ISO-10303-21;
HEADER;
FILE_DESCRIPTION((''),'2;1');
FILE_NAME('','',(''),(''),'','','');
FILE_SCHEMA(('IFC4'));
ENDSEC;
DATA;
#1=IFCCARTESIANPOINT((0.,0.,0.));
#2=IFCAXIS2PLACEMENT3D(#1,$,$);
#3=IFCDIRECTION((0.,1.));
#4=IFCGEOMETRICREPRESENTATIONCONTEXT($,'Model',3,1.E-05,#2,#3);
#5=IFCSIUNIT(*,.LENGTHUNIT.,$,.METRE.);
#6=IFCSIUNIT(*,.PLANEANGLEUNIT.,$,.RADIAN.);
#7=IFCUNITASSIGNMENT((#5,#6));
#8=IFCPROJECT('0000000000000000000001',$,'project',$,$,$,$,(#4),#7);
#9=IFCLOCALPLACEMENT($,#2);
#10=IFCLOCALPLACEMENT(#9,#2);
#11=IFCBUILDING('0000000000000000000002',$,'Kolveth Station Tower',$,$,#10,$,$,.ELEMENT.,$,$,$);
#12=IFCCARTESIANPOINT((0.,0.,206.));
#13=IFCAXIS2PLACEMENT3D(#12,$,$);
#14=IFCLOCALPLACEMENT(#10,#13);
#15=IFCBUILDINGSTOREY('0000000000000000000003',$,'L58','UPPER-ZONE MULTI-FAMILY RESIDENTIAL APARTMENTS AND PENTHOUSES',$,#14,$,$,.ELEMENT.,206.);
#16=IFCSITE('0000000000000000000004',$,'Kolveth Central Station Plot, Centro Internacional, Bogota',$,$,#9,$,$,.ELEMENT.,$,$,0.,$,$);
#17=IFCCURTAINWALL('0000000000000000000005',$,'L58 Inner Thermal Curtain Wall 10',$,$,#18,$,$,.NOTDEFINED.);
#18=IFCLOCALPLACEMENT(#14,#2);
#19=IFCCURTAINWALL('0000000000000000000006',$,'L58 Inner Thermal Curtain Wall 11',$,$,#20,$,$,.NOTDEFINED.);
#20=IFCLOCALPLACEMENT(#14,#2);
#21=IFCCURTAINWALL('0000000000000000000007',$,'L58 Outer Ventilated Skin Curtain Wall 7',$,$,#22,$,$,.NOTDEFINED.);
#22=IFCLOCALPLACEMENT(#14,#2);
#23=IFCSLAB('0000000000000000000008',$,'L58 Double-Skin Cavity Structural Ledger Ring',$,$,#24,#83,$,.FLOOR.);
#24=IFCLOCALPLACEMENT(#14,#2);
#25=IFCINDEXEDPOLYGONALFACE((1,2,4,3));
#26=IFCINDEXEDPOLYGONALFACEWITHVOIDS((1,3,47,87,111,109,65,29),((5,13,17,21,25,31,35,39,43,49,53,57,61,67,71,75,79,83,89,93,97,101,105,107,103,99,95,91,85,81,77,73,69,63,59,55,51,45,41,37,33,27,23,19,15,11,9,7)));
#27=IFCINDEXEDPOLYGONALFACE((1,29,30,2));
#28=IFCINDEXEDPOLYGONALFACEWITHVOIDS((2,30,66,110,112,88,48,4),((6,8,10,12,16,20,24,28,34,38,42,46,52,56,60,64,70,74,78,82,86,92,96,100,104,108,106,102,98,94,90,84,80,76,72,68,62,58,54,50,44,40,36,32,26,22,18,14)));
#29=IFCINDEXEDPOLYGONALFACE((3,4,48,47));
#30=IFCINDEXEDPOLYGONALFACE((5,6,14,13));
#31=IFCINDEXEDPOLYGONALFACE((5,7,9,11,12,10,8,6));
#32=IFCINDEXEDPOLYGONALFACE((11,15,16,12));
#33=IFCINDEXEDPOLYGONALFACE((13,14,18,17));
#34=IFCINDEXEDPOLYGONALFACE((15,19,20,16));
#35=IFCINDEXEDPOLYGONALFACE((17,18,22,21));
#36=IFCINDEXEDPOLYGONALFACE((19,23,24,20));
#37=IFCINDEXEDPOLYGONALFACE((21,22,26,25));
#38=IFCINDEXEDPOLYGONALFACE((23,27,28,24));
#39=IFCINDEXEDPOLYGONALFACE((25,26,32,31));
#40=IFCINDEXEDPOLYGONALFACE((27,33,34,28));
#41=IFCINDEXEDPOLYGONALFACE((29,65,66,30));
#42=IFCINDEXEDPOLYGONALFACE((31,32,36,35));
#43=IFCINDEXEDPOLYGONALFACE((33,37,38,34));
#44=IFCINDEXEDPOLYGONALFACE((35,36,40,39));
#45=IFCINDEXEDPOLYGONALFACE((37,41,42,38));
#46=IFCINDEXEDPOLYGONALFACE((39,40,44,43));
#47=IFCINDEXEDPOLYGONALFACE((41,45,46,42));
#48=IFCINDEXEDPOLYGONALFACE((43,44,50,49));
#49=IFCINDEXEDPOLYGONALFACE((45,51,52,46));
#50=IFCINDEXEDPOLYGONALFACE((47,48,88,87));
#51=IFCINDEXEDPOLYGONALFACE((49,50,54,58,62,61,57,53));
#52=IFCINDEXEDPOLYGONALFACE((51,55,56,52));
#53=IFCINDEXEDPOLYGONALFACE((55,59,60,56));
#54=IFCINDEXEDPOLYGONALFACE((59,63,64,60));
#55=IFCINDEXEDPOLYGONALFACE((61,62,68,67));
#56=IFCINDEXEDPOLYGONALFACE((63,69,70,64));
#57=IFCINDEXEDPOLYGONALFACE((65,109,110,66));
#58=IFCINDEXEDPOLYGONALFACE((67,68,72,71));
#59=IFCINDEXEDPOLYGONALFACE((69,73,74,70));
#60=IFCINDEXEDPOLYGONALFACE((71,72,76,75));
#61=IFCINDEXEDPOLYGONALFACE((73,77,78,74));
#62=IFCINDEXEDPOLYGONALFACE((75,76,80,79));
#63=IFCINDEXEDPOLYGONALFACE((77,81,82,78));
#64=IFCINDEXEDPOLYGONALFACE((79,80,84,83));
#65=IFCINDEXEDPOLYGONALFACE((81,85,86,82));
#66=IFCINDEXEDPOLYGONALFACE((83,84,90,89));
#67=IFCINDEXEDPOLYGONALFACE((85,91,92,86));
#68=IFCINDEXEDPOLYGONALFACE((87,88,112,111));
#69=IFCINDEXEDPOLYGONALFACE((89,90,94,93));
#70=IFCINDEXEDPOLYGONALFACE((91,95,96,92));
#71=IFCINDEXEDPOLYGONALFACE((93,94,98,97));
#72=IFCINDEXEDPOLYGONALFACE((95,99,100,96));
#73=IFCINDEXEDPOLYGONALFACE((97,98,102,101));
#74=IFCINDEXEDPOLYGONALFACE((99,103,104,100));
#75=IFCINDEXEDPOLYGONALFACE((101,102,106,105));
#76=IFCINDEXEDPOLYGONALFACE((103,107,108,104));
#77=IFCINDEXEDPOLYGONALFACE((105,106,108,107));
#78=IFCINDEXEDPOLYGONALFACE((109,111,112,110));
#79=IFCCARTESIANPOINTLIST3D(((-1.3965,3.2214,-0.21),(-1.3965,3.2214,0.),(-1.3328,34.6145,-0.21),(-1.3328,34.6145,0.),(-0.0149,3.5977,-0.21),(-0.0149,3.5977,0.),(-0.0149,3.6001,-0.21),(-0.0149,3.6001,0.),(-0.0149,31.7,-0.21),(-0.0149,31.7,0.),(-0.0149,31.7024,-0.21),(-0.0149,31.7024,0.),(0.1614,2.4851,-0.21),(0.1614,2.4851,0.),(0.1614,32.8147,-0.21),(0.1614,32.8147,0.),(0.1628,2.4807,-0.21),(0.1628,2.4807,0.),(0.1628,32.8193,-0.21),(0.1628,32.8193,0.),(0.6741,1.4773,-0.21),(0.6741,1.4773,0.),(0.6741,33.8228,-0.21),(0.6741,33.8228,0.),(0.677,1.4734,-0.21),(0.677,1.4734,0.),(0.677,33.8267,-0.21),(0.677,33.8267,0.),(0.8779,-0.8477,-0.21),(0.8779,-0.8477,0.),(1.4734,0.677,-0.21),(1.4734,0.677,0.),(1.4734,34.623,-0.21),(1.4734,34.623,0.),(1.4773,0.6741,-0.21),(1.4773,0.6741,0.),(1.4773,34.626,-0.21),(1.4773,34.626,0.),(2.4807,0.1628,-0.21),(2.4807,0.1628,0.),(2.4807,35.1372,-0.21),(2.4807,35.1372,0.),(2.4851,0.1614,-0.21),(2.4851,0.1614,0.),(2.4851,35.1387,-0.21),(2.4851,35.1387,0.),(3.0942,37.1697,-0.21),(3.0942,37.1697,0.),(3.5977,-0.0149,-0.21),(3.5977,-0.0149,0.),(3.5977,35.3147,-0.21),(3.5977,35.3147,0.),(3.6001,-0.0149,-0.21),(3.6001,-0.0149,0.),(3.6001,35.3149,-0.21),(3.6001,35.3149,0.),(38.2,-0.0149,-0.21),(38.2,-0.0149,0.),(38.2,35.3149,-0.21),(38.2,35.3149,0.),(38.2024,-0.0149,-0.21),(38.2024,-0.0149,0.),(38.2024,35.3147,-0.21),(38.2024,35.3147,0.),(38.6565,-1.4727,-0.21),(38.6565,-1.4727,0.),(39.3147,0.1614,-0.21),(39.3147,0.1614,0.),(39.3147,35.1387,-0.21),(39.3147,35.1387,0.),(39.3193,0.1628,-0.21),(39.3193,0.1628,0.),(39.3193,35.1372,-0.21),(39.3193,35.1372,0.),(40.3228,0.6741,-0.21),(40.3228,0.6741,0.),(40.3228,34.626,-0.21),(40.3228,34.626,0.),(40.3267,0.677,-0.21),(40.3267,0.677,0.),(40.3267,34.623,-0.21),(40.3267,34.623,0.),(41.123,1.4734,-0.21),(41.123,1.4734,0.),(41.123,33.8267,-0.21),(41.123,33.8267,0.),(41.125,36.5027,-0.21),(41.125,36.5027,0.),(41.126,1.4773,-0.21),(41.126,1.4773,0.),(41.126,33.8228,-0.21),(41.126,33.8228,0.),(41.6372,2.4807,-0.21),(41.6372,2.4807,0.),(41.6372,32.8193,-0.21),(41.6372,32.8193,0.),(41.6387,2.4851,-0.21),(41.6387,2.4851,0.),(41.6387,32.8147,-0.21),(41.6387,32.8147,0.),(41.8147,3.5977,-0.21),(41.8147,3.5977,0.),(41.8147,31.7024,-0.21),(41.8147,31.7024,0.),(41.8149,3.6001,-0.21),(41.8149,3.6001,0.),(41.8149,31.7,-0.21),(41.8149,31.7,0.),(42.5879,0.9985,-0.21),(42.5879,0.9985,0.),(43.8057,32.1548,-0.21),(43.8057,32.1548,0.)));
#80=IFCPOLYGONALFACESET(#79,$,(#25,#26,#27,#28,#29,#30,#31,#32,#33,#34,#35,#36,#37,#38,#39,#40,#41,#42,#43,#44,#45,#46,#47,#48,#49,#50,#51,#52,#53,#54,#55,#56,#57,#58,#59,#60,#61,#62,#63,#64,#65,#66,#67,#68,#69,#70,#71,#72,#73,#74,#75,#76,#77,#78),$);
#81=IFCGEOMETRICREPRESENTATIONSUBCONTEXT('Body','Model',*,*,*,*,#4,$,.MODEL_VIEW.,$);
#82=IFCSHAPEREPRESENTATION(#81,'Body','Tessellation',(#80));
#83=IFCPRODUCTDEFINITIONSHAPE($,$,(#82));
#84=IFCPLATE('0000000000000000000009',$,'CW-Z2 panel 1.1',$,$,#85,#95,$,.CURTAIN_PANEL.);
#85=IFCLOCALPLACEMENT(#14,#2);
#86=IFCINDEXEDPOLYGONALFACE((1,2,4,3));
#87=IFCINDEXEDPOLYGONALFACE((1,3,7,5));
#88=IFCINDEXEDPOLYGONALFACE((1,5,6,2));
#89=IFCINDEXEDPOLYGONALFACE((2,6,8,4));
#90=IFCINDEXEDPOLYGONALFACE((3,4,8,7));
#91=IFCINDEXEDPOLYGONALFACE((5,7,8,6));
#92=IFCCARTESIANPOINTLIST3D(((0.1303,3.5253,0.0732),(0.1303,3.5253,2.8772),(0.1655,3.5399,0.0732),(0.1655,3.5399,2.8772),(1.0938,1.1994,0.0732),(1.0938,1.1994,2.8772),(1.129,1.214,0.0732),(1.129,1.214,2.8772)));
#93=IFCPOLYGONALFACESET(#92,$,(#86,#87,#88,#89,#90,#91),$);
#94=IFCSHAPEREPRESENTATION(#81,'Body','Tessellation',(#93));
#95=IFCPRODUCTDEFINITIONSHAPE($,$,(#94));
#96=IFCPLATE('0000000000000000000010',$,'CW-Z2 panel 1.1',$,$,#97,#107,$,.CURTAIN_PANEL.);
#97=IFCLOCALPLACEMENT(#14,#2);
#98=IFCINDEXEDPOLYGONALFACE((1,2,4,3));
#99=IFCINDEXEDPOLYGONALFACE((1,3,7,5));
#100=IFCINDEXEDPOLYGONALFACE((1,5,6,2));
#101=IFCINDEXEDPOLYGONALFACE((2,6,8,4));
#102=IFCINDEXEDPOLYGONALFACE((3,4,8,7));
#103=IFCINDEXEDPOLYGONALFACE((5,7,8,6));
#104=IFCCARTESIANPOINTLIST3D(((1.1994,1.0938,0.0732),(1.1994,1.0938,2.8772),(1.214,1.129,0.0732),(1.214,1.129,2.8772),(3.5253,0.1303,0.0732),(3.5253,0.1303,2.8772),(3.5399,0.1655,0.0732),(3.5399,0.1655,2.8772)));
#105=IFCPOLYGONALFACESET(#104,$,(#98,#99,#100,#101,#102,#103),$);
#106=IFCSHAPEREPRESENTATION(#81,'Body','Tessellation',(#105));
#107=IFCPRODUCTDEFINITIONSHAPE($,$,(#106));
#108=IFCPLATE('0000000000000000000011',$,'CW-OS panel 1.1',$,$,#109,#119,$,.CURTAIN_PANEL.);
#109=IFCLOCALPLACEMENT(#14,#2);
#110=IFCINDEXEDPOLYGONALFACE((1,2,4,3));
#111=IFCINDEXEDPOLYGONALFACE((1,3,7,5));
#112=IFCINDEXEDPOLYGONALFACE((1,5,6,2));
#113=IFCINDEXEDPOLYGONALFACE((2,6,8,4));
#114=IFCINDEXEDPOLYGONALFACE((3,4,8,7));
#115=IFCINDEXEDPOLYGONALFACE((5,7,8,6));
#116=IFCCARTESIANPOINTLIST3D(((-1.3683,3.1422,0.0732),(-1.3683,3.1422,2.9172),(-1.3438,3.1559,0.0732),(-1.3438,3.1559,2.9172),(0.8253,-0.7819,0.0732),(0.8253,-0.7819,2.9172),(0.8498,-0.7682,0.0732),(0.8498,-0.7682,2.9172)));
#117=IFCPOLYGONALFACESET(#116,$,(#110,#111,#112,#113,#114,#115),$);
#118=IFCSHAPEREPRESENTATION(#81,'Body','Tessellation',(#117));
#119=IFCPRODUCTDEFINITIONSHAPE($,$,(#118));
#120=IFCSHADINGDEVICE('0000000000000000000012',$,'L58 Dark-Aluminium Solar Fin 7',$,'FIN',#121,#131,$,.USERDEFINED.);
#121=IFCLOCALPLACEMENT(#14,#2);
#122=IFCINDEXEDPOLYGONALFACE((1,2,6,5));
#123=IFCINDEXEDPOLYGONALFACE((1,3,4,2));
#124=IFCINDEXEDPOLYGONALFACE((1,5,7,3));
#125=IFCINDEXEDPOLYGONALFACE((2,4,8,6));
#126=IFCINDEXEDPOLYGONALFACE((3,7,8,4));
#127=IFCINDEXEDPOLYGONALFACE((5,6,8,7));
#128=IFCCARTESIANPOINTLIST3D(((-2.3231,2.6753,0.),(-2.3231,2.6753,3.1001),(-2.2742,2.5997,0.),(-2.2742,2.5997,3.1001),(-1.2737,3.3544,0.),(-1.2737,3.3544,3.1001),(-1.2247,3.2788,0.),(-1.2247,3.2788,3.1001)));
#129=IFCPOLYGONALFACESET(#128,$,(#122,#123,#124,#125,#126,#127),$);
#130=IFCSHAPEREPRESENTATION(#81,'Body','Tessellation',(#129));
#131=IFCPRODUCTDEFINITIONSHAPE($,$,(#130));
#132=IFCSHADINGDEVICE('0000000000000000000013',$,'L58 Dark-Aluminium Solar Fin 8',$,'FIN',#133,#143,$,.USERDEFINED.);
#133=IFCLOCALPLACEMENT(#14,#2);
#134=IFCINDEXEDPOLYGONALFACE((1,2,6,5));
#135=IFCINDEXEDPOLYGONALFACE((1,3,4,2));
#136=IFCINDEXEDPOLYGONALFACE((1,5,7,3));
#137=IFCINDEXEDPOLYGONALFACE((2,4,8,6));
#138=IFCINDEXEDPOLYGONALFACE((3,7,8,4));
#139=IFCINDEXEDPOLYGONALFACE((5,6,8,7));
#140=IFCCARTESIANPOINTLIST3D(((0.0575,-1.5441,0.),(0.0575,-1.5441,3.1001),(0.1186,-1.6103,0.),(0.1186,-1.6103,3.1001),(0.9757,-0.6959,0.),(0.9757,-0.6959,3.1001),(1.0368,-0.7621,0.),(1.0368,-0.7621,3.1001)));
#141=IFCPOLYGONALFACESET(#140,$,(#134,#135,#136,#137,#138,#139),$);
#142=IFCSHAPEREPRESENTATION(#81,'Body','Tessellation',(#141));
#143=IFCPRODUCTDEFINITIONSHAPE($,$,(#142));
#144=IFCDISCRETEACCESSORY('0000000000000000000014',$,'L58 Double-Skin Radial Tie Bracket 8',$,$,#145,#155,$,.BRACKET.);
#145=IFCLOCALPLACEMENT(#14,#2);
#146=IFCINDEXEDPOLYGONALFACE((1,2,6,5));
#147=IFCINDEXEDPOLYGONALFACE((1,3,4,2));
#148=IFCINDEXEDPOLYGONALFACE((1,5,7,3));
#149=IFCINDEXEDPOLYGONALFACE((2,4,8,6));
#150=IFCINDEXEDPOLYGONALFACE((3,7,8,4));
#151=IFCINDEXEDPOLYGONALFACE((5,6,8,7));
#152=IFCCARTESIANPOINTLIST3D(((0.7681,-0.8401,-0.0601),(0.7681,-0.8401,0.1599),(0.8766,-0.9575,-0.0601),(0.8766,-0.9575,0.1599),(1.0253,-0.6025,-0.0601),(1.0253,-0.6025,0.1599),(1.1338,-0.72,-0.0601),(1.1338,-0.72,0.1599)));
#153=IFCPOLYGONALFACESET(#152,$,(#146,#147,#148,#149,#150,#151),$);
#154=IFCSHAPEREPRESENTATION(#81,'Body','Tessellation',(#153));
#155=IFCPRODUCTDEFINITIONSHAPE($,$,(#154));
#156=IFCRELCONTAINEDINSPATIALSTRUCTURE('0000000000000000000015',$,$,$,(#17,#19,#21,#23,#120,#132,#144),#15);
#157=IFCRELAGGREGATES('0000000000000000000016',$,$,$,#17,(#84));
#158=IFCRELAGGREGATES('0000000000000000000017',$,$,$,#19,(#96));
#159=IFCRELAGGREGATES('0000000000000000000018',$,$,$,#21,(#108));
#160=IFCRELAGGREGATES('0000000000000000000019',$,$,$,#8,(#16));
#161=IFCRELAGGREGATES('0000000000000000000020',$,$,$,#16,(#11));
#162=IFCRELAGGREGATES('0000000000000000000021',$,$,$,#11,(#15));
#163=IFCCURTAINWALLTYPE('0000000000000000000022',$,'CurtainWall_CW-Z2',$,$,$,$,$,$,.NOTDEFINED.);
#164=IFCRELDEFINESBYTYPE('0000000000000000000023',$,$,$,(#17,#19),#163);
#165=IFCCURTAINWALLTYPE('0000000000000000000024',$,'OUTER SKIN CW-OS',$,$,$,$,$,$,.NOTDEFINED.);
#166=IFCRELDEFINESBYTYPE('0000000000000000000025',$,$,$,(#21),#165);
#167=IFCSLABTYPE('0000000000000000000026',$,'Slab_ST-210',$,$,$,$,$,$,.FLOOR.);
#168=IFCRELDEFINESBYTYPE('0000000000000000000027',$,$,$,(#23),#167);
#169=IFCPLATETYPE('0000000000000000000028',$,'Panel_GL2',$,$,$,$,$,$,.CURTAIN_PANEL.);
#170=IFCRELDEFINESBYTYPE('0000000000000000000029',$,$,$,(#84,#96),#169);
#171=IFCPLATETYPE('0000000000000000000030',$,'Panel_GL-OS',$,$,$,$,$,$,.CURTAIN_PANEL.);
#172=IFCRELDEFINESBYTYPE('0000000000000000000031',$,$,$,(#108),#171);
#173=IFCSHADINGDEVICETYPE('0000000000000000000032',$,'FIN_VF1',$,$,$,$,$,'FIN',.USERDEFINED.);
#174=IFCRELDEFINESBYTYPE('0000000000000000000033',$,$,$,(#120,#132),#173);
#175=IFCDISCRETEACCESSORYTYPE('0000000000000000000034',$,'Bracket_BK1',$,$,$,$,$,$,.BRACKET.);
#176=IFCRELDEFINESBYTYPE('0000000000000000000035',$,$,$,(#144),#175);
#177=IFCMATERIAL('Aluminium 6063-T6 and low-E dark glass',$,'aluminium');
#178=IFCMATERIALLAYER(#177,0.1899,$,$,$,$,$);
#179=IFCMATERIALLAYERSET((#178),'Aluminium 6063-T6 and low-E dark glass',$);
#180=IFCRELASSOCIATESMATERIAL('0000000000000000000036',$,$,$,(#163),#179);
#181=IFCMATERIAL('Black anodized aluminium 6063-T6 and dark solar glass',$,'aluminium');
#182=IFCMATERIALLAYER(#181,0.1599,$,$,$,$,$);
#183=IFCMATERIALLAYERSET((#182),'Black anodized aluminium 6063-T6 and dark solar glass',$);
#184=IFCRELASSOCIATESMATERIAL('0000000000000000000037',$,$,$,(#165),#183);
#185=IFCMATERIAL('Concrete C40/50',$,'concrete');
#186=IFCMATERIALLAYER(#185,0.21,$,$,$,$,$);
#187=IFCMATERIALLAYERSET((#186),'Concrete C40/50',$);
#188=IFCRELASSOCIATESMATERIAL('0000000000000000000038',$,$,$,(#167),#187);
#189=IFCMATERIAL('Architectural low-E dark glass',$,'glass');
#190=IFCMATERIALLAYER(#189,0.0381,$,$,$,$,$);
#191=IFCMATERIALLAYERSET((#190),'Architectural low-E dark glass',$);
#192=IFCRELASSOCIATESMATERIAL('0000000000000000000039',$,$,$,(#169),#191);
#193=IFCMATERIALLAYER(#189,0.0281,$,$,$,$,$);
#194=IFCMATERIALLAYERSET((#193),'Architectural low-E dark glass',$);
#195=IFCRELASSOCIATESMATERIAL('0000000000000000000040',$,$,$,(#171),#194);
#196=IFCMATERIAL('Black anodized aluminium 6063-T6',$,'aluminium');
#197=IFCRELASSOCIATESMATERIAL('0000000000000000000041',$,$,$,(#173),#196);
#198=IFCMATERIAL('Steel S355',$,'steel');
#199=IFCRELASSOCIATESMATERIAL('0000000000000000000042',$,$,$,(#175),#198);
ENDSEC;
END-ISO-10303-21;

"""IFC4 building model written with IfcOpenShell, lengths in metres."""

from ifc_helpers import new_model, si_unit, direction, frame, origin, origin_2d, place, context, subcontext, project, spatial, polyline, rectangle, outline, extrude, source, transform, mapped, material, layer, layer_set, type_object, element, aggregate, save


model = new_model("IFC4")

# Units and contexts
model_context = context("Model", 3, precision=1e-05, world=origin(), true_north=direction((0.0, 1.0)))
body_context = subcontext(model_context, "Body", "Model", "MODEL_VIEW")
ifc_project = project(units=[si_unit("LENGTHUNIT", "METRE"), si_unit("PLANEANGLEUNIT", "RADIAN")], contexts=[model_context])

# Site, building, storey
site_placement = place(None, origin())
site = spatial("IfcSite", under=ifc_project, at=site_placement, Name="Kolveth Central Station Plot, Centro Internacional, Bogota", CompositionType="ELEMENT", RefElevation=0.0)
building_placement = place(site_placement, origin())
building = spatial("IfcBuilding", under=site, at=building_placement, Name="Kolveth Station Tower", CompositionType="ELEMENT")
storey_placement = place(building_placement, frame((0.0, 0.0, 206.0)))
storey = spatial("IfcBuildingStorey", under=building, at=storey_placement, Name="L58", Description="UPPER-ZONE MULTI-FAMILY RESIDENTIAL APARTMENTS AND PENTHOUSES", CompositionType="ELEMENT", Elevation=206.0)

# Curtain wall
ifc_material_1 = material(Name="Aluminium 6063-T6 and low-E dark glass", Category="aluminium")
ifc_layer_1 = layer(ifc_material_1, 0.1899)
ifc_layer_set_1 = layer_set([ifc_layer_1], Name="Aluminium 6063-T6 and low-E dark glass")
curtain_wall_type_1 = type_object("IfcCurtainWallType", Name="CurtainWall_CW-Z2", PredefinedType="NOTDEFINED", material=ifc_layer_set_1)
curtain_wall_1_placement = place(storey_placement, origin())
curtain_wall_1 = element("IfcCurtainWall", 1, at=curtain_wall_1_placement, inside=storey, type_object=curtain_wall_type_1, Name="L58 Inner Thermal Curtain Wall 10", PredefinedType="NOTDEFINED")
ifc_material_2 = material(Name="Black anodized aluminium 6063-T6", Category="aluminium")

# Curtain wall
curtain_wall_2_placement = place(storey_placement, origin())
curtain_wall_2 = element("IfcCurtainWall", 2, at=curtain_wall_2_placement, inside=storey, type_object=curtain_wall_type_1, Name="L58 Inner Thermal Curtain Wall 11", PredefinedType="NOTDEFINED")

# Curtain wall
ifc_material_3 = material(Name="Black anodized aluminium 6063-T6 and dark solar glass", Category="aluminium")
ifc_layer_2 = layer(ifc_material_3, 0.1599)
ifc_layer_set_2 = layer_set([ifc_layer_2], Name="Black anodized aluminium 6063-T6 and dark solar glass")
curtain_wall_type_2 = type_object("IfcCurtainWallType", Name="OUTER SKIN CW-OS", PredefinedType="NOTDEFINED", material=ifc_layer_set_2)
curtain_wall_3_placement = place(storey_placement, origin())
curtain_wall_3 = element("IfcCurtainWall", 3, at=curtain_wall_3_placement, inside=storey, type_object=curtain_wall_type_2, Name="L58 Outer Ventilated Skin Curtain Wall 7", PredefinedType="NOTDEFINED")

# Shared definitions
ifc_material_4 = material(Name="Concrete C40/50", Category="concrete")

# Slab
ifc_layer_3 = layer(ifc_material_4, 0.21)
ifc_layer_set_3 = layer_set([ifc_layer_3], Name="Concrete C40/50")
slab_type_1 = type_object("IfcSlabType", Name="Slab_ST-210", PredefinedType="FLOOR", material=ifc_layer_set_3)
slab_1_placement = place(storey_placement, frame((0.0, 0.0, -0.21)))
element("IfcSlab", 4, at=slab_1_placement, inside=storey, type_object=slab_type_1, Name="L58 Double-Skin Cavity Structural Ledger Ring", PredefinedType="FLOOR", context=body_context, shape_type="SweptSolid", body=[
    extrude(outline(polyline([(0.8779, -0.8477), (-1.3965, 3.2214), (-1.3328, 34.6145), (3.0942, 37.1697), (41.125, 36.5027), (43.8057, 32.1548), (42.5879, 0.9985), (38.6565, -1.4727), (0.8779, -0.8477)]), holes=[polyline([(38.2024, -0.0149), (39.3147, 0.1614), (39.3193, 0.1628), (40.3228, 0.6741), (40.3267, 0.677), (41.123, 1.4734), (41.126, 1.4773), (41.6372, 2.4807), (41.6387, 2.4851), (41.8147, 3.5977), (41.8149, 3.6001), (41.8149, 31.7), (41.8147, 31.7024), (41.6387, 32.8147), (41.6372, 32.8193), (41.126, 33.8228), (41.123, 33.8267), (40.3267, 34.623), (40.3228, 34.626), (39.3193, 35.1372), (39.3147, 35.1387), (38.2024, 35.3147), (38.2, 35.3149), (3.6001, 35.3149), (3.5977, 35.3147), (2.4851, 35.1387), (2.4807, 35.1372), (1.4773, 34.626), (1.4734, 34.623), (0.677, 33.8267), (0.6741, 33.8228), (0.1628, 32.8193), (0.1614, 32.8147), (-0.0149, 31.7024), (-0.0149, 31.7), (-0.0149, 3.6001), (-0.0149, 3.5977), (0.1614, 2.4851), (0.1628, 2.4807), (0.6741, 1.4773), (0.677, 1.4734), (1.4734, 0.677), (1.4773, 0.6741), (2.4807, 0.1628), (2.4851, 0.1614), (3.5977, -0.0149), (3.6001, -0.0149), (38.2, -0.0149), (38.2024, -0.0149)])]), origin(), (0.0, 0.0, 1.0), 0.21),
])

# Plates
ifc_material_5 = material(Name="Architectural low-E dark glass", Category="glass")
ifc_layer_4 = layer(ifc_material_5, 0.0381)
ifc_layer_set_4 = layer_set([ifc_layer_4], Name="Architectural low-E dark glass")
plate_type_1 = type_object("IfcPlateType", Name="Panel_GL2", PredefinedType="CURTAIN_PANEL", material=ifc_layer_set_4)
shared_shape_1 = source(origin(), body_context, "Body", "SweptSolid", [
    extrude(rectangle(XDim=2.5176, YDim=0.0381, at=origin_2d()), origin(), (0.0, 0.0, 1.0), 2.804),
])
plate_1_placement = place(storey_placement, frame((0.6296, 2.3696, 0.0732), z_axis=(0.0, 0.0, 1.0), x_axis=(0.382698, -0.923874, 0.0)))
plate_1 = element("IfcPlate", 5, at=plate_1_placement, type_object=plate_type_1, Name="CW-Z2 panel 1.1", PredefinedType="CURTAIN_PANEL", context=body_context, shape_type="MappedRepresentation", body=[
    mapped(shared_shape_1, transform((0.0, 0.0, 0.0), x_axis=(1.0, 0.0, 0.0), y_axis=(0.0, 1.0, 0.0), z_axis=(0.0, 0.0, 1.0), scale=1.0)),
])
aggregate(curtain_wall_1, [plate_1])
plate_2_placement = place(storey_placement, frame((2.3696, 0.6296, 0.0732), z_axis=(0.0, 0.0, 1.0), x_axis=(0.923874, -0.382698, 0.0)))
plate_2 = element("IfcPlate", 6, at=plate_2_placement, type_object=plate_type_1, Name="CW-Z2 panel 1.1", PredefinedType="CURTAIN_PANEL", context=body_context, shape_type="MappedRepresentation", body=[
    mapped(shared_shape_1, transform((0.0, 0.0, 0.0), x_axis=(1.0, 0.0, 0.0), y_axis=(0.0, 1.0, 0.0), z_axis=(0.0, 0.0, 1.0), scale=1.0)),
])
aggregate(curtain_wall_2, [plate_2])
ifc_layer_5 = layer(ifc_material_5, 0.0281)
ifc_layer_set_5 = layer_set([ifc_layer_5], Name="Architectural low-E dark glass")
plate_type_2 = type_object("IfcPlateType", Name="Panel_GL-OS", PredefinedType="CURTAIN_PANEL", material=ifc_layer_set_5)
shared_shape_2 = source(origin(), body_context, "Body", "SweptSolid", [
    extrude(rectangle(XDim=4.4956, YDim=0.0281, at=origin_2d()), origin(), (0.0, 0.0, 1.0), 2.844),
])
plate_3_placement = place(storey_placement, frame((-0.2593, 1.187, 0.0732), z_axis=(0.0, 0.0, 1.0), x_axis=(0.487943, -0.872875, 0.0)))
plate_3 = element("IfcPlate", 7, at=plate_3_placement, type_object=plate_type_2, Name="CW-OS panel 1.1", PredefinedType="CURTAIN_PANEL", context=body_context, shape_type="MappedRepresentation", body=[
    mapped(shared_shape_2, transform((0.0, 0.0, 0.0), x_axis=(1.0, 0.0, 0.0), y_axis=(0.0, 1.0, 0.0), z_axis=(0.0, 0.0, 1.0), scale=1.0)),
])
aggregate(curtain_wall_3, [plate_3])

# Shading devices
shading_device_type = type_object("IfcShadingDeviceType", Name="FIN_VF1", ElementType="FIN", PredefinedType="USERDEFINED", material=ifc_material_2)
shared_shape_3 = source(origin(), body_context, "Body", "SweptSolid", [
    extrude(rectangle(XDim=1.25, YDim=0.0901, at=origin_2d()), origin(), (0.0, 0.0, 1.0), 3.1001),
])
for number, where, z_axis, x_axis, name in (
    (8, (-1.7739, 2.9771, 0.0), (0.0, 0.0, 1.0), (-0.839525, -0.543321, 0.0), "L58 Dark-Aluminium Solar Fin 7"),
    (9, (0.5471, -1.1531, 0.0), (0.0, 0.0, 1.0), (-0.734559, -0.678544, 0.0), "L58 Dark-Aluminium Solar Fin 8"),
):
    element("IfcShadingDevice", number, at=place(storey_placement, frame(where, z_axis=z_axis, x_axis=x_axis)), inside=storey, type_object=shading_device_type, Name=name, ObjectType="FIN", PredefinedType="USERDEFINED", context=body_context, shape_type="MappedRepresentation", body=[
        mapped(shared_shape_3, transform((0.0, 0.0, 0.0), x_axis=(1.0, 0.0, 0.0), y_axis=(0.0, 1.0, 0.0), z_axis=(0.0, 0.0, 1.0), scale=1.0)),
    ])

# Discrete accessory
ifc_material_6 = material(Name="Steel S355", Category="steel")
discrete_accessory_type = type_object("IfcDiscreteAccessoryType", Name="Bracket_BK1", PredefinedType="BRACKET", material=ifc_material_6)
shared_shape_4 = source(origin(), body_context, "Body", "SweptSolid", [
    extrude(rectangle(XDim=0.3501, YDim=0.1599, at=origin_2d()), origin(), (0.0, 0.0, 1.0), 0.22),
])
discrete_accessory_placement = place(storey_placement, frame((0.9509, -0.78, -0.0601), z_axis=(0.0, 0.0, 1.0), x_axis=(-0.734559, -0.678544, 0.0)))
element("IfcDiscreteAccessory", 10, at=discrete_accessory_placement, inside=storey, type_object=discrete_accessory_type, Name="L58 Double-Skin Radial Tie Bracket 8", PredefinedType="BRACKET", context=body_context, shape_type="MappedRepresentation", body=[
    mapped(shared_shape_4, transform((0.0, 0.0, 0.0), x_axis=(1.0, 0.0, 0.0), y_axis=(0.0, 1.0, 0.0), z_axis=(0.0, 0.0, 1.0), scale=1.0)),
])

save(model, "model.ifc")
